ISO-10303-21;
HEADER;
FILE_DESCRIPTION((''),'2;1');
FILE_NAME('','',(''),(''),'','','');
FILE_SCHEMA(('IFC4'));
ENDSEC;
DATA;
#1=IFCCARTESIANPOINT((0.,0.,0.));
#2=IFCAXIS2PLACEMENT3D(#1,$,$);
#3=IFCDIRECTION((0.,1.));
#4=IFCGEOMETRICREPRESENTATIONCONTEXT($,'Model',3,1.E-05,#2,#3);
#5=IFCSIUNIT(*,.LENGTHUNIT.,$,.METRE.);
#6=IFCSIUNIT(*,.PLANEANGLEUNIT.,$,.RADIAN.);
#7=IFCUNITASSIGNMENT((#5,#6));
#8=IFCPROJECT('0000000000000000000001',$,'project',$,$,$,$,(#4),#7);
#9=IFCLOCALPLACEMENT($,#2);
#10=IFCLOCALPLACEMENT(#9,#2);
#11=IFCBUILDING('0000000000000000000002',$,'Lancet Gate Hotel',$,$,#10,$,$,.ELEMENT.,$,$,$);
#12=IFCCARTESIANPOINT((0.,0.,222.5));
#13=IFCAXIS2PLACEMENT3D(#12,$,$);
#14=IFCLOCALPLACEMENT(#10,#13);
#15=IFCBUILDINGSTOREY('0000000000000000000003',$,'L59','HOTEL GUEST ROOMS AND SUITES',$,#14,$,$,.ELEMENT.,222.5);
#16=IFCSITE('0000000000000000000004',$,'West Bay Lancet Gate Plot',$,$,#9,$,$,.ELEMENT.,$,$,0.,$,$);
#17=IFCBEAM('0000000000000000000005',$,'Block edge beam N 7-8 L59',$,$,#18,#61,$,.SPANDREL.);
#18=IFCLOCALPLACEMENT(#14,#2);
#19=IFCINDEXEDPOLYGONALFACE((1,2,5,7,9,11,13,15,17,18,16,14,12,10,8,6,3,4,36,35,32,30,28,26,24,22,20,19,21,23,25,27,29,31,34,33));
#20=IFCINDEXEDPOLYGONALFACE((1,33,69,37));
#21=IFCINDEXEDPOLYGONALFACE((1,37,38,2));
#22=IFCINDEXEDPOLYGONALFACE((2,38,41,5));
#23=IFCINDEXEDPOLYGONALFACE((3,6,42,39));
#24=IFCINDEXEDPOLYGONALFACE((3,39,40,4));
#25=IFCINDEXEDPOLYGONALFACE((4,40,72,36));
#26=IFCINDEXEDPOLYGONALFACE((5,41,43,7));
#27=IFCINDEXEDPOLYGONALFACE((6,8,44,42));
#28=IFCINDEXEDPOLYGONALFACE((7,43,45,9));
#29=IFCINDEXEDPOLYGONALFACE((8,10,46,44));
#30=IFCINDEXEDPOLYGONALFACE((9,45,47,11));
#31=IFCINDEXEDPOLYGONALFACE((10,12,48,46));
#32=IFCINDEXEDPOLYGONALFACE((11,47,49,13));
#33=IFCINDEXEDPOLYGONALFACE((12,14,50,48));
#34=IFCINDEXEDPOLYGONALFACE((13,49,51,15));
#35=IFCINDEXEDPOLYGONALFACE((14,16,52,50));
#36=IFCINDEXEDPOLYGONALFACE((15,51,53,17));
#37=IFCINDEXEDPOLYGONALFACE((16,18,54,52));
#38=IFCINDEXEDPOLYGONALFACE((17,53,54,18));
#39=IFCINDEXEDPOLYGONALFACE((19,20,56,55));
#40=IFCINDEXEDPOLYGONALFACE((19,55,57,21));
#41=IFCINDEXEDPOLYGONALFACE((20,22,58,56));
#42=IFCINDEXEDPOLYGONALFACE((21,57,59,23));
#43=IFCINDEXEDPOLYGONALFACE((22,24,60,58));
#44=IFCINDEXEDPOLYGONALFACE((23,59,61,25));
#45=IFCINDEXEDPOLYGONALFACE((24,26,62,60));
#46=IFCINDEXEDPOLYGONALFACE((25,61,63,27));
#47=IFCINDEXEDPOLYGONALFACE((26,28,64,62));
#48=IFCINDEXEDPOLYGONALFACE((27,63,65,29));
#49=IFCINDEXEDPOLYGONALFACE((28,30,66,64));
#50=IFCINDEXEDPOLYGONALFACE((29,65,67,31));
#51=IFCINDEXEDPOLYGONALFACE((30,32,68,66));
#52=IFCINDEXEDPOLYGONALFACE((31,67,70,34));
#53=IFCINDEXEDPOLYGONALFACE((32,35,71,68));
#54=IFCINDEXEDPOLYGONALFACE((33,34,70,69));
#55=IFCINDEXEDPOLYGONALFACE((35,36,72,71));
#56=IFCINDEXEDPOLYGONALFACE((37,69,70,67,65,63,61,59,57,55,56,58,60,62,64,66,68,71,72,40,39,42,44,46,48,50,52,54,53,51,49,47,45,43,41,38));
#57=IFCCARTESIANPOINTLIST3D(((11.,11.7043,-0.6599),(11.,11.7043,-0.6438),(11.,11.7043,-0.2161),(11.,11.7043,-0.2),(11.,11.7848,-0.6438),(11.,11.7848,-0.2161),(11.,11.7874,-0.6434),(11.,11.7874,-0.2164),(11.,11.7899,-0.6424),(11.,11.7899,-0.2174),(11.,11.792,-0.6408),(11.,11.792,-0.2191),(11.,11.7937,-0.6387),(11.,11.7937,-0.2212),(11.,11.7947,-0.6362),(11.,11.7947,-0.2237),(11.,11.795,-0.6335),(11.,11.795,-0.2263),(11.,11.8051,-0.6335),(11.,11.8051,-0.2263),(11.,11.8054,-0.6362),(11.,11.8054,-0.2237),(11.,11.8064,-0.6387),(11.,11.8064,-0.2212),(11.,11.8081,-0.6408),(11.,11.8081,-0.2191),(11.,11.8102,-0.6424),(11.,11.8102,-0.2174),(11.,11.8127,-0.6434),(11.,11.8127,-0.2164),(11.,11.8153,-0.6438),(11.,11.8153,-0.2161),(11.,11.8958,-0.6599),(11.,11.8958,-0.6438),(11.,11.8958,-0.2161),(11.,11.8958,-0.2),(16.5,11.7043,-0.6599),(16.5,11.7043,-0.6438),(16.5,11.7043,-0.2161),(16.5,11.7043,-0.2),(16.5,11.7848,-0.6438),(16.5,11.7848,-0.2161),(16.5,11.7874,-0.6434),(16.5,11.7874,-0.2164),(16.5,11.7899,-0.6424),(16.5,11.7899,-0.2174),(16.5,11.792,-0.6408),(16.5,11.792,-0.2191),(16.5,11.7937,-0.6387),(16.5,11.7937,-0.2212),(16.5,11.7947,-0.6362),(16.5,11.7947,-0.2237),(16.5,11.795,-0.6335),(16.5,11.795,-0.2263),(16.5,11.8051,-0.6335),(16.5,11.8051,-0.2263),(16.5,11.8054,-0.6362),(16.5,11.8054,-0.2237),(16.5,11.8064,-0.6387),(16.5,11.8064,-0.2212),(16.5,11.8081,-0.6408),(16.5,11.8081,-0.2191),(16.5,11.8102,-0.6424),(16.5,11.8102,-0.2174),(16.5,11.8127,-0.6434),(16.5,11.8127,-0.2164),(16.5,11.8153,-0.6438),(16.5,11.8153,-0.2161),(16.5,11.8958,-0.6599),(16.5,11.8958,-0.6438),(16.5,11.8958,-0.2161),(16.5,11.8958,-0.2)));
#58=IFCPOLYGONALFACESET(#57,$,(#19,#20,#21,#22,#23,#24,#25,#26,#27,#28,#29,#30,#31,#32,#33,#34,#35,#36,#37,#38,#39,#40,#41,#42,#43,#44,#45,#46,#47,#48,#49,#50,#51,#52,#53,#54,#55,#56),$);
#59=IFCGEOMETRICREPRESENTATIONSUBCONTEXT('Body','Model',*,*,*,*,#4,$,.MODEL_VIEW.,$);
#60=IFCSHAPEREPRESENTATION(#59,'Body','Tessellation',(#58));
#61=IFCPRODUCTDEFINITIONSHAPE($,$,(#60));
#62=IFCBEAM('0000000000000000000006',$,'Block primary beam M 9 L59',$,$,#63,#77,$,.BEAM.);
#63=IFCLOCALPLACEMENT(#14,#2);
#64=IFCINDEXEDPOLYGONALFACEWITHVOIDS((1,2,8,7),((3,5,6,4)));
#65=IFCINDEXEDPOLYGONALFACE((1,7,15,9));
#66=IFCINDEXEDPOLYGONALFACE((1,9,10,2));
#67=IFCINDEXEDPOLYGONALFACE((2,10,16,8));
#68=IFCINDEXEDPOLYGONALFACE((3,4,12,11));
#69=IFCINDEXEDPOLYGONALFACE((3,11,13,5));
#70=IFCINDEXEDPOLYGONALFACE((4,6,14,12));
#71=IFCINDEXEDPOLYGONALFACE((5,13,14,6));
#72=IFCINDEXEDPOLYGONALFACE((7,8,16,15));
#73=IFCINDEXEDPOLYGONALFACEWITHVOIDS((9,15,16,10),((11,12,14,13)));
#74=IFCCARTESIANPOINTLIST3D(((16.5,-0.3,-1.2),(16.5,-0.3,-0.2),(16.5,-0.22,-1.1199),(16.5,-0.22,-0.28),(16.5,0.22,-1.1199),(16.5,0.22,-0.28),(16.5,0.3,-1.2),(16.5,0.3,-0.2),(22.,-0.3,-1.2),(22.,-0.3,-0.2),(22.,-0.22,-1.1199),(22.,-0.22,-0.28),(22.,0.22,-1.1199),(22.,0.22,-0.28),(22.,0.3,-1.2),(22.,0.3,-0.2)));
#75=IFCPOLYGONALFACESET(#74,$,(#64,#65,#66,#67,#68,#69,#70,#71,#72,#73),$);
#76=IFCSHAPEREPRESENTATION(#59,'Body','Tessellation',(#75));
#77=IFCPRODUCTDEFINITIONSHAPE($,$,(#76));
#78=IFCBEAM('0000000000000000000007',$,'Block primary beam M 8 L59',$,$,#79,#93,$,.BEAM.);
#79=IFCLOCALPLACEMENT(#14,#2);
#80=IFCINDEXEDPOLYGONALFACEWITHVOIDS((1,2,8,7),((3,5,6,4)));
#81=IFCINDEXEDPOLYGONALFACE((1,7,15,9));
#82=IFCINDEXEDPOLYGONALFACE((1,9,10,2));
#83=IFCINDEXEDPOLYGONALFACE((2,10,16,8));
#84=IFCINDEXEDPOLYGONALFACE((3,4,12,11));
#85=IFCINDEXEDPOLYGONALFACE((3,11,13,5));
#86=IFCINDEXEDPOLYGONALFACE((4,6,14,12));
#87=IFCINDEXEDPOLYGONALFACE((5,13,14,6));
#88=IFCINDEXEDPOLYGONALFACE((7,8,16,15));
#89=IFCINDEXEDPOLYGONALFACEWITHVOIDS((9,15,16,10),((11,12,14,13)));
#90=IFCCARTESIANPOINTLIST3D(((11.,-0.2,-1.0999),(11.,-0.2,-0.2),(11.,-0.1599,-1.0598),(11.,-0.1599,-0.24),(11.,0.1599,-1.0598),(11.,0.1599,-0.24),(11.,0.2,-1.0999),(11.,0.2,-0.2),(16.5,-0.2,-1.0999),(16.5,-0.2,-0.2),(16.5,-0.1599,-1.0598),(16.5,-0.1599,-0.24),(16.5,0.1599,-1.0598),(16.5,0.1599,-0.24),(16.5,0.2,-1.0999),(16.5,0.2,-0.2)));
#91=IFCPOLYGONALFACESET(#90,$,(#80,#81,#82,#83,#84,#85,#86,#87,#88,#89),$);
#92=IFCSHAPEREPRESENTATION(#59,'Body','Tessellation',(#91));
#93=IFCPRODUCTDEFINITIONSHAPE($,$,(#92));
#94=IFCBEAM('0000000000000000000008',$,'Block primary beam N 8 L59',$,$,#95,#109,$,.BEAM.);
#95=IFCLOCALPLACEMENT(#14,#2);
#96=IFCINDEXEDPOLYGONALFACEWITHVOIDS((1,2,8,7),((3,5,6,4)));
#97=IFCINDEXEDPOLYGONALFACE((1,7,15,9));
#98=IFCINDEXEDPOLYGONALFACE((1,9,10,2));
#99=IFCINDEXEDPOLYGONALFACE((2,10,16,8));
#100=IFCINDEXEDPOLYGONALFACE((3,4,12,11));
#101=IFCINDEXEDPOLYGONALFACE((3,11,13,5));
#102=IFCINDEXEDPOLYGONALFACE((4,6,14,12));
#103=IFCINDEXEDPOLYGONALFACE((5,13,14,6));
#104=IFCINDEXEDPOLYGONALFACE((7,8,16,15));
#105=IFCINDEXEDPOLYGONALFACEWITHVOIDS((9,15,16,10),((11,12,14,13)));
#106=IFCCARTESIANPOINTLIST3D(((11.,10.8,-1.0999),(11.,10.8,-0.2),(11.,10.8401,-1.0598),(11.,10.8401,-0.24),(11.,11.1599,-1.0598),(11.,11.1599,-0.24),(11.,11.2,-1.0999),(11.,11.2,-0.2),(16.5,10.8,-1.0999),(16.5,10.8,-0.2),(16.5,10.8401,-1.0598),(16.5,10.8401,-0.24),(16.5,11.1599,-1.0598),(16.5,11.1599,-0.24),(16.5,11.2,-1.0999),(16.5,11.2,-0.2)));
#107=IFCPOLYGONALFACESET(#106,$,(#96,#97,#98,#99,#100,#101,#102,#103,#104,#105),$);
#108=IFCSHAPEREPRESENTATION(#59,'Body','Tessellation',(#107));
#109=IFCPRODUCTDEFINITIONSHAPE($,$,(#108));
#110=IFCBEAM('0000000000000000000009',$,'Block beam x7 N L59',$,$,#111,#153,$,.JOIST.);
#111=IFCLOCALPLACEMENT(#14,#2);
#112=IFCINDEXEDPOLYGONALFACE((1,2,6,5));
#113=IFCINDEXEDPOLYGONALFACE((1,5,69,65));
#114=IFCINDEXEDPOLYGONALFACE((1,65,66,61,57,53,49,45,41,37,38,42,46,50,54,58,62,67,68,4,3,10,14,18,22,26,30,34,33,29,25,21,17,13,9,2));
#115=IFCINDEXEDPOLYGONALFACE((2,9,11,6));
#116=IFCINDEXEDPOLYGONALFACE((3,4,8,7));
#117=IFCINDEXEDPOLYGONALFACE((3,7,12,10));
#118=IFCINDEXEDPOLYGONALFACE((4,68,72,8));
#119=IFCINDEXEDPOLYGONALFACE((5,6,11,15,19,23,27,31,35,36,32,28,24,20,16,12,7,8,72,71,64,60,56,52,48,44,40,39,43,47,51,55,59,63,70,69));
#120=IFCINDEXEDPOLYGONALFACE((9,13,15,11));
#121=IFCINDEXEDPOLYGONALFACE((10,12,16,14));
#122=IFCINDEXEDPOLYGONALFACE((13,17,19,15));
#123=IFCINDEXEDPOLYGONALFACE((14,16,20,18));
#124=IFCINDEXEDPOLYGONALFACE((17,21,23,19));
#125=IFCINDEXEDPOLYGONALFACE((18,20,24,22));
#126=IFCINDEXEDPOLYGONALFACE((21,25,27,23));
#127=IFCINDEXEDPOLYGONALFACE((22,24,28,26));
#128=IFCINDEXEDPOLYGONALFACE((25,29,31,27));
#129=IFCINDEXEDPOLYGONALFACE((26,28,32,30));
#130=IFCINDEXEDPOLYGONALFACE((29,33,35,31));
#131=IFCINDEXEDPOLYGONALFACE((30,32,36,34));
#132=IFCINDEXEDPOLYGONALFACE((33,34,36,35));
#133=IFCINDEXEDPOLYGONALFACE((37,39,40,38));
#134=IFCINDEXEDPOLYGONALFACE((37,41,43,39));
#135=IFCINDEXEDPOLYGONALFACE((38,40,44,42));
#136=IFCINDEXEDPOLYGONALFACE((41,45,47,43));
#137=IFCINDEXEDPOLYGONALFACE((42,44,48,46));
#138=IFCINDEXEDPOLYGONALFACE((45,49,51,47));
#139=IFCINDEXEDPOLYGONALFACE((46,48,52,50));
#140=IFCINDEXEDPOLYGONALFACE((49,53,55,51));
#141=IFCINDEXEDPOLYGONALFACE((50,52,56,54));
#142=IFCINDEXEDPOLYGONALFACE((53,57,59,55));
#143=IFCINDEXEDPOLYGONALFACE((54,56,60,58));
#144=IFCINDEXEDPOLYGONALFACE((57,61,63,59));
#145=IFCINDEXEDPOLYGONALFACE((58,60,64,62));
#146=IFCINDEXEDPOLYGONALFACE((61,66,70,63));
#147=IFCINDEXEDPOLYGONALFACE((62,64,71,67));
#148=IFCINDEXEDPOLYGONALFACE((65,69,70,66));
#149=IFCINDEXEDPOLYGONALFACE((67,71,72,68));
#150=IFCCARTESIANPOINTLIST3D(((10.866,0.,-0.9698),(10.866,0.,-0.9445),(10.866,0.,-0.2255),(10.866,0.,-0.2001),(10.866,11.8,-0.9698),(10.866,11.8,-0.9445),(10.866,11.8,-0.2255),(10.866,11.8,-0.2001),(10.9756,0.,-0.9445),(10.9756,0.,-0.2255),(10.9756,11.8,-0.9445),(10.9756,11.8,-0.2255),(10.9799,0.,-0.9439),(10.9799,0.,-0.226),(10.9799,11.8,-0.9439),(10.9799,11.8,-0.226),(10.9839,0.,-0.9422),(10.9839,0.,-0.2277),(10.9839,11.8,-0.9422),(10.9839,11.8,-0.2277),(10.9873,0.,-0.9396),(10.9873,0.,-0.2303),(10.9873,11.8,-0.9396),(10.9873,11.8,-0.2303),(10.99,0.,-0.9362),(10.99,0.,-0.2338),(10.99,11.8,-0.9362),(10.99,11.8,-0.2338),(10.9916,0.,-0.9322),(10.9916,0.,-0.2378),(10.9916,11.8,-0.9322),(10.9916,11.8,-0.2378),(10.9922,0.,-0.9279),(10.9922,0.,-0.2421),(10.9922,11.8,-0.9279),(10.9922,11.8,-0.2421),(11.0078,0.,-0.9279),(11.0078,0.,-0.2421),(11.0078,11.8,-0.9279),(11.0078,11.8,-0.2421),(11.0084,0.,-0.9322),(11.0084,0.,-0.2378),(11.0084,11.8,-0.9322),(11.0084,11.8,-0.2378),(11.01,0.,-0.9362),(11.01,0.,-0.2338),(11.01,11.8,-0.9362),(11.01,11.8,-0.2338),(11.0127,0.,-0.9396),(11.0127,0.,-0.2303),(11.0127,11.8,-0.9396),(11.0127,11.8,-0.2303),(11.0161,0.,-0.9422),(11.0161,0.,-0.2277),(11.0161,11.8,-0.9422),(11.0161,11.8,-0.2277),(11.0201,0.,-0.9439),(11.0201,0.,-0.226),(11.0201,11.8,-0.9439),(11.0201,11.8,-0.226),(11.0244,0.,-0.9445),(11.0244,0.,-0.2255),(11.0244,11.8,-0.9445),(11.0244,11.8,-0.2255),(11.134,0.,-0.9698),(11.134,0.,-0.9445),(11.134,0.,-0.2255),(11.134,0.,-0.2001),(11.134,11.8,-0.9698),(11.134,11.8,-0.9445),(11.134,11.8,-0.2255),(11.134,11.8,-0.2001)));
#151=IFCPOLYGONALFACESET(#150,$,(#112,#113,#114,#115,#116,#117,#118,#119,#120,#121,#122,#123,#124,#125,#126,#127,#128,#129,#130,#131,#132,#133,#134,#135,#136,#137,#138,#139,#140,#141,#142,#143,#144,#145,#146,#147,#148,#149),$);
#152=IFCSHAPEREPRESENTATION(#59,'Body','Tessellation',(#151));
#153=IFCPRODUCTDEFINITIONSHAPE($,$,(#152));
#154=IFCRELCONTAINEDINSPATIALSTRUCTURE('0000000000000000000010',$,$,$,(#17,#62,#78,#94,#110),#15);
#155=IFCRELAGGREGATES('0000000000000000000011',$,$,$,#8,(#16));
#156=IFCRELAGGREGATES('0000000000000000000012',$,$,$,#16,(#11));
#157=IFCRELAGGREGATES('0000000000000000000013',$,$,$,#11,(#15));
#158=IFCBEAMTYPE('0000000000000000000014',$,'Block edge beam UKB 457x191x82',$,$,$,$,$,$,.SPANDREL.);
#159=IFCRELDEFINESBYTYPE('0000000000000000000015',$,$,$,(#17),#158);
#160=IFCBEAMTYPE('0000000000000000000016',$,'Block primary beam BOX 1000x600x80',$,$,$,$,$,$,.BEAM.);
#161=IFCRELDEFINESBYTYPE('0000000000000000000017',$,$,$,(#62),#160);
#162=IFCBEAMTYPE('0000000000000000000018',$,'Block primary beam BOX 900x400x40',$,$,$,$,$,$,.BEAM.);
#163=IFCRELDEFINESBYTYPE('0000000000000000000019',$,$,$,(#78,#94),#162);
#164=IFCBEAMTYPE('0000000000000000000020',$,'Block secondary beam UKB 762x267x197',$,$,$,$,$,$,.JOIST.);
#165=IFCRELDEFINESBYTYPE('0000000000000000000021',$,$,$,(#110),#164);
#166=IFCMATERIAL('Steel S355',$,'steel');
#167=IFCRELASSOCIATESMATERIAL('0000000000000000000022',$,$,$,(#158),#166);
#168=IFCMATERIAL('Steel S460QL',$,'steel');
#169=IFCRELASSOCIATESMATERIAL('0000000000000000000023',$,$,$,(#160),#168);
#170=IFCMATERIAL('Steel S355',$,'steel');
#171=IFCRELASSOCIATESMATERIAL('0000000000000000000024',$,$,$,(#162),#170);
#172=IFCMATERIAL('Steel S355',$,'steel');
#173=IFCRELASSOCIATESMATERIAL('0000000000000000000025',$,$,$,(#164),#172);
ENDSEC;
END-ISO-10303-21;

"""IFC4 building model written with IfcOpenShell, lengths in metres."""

from ifc_helpers import new_model, si_unit, direction, frame, origin, origin_2d, place, context, subcontext, project, spatial, hollow_rectangle, i_section, extrude, material, material_profile, profile_set, type_object, element, save


model = new_model("IFC4")

# Units and contexts
model_context = context("Model", 3, precision=1e-05, world=origin(), true_north=direction((0.0, 1.0)))
body_context = subcontext(model_context, "Body", "Model", "MODEL_VIEW")
ifc_project = project(units=[si_unit("LENGTHUNIT", "METRE"), si_unit("PLANEANGLEUNIT", "RADIAN")], contexts=[model_context])

# Site, building, storey
site_placement = place(None, origin())
site = spatial("IfcSite", under=ifc_project, at=site_placement, Name="West Bay Lancet Gate Plot", CompositionType="ELEMENT", RefElevation=0.0)
building_placement = place(site_placement, origin())
building = spatial("IfcBuilding", under=site, at=building_placement, Name="Lancet Gate Hotel", CompositionType="ELEMENT")
storey_placement = place(building_placement, frame((0.0, 0.0, 222.5)))
storey = spatial("IfcBuildingStorey", under=building, at=storey_placement, Name="L59", Description="HOTEL GUEST ROOMS AND SUITES", CompositionType="ELEMENT", Elevation=222.5)

# Beams
ifc_material_1 = material(Name="Steel S355", Category="steel")
ifc_material_profile_1 = material_profile(ifc_material_1, i_section(OverallWidth=0.1914, OverallDepth=0.46, WebThickness=0.01, FlangeThickness=0.0161, FilletRadius=0.0103, at=origin_2d()), Name="UKB 457x191x82")
ifc_profile_set_1 = profile_set([ifc_material_profile_1], Name="Steel S355")
beam_type_1 = type_object("IfcBeamType", Name="Block edge beam UKB 457x191x82", PredefinedType="SPANDREL", material=ifc_profile_set_1)
beam_1_placement = place(storey_placement, frame((11.0, 11.8, -0.4299), z_axis=(1.0, 0.0, 0.0), x_axis=(0.0, 1.0, 0.0)))
element("IfcBeam", 1, at=beam_1_placement, inside=storey, type_object=beam_type_1, Name="Block edge beam N 7-8 L59", PredefinedType="SPANDREL", context=body_context, shape_type="SweptSolid", body=[
    extrude(i_section(OverallWidth=0.1914, OverallDepth=0.46, WebThickness=0.01, FlangeThickness=0.0161, FilletRadius=0.0103, at=origin_2d()), origin(), (0.0, 0.0, 1.0), 5.5),
])
ifc_material_2 = material(Name="Steel S460QL", Category="steel")
ifc_material_profile_2 = material_profile(ifc_material_2, hollow_rectangle(XDim=0.6001, YDim=1.0, WallThickness=0.0801, at=origin_2d()), Name="BOX 1000x600x80")
ifc_profile_set_2 = profile_set([ifc_material_profile_2], Name="Steel S460QL")
beam_type_2 = type_object("IfcBeamType", Name="Block primary beam BOX 1000x600x80", PredefinedType="BEAM", material=ifc_profile_set_2)
beam_2_placement = place(storey_placement, frame((16.5, 0.0, -0.7), z_axis=(1.0, 0.0, 0.0), x_axis=(0.0, 1.0, 0.0)))
element("IfcBeam", 2, at=beam_2_placement, inside=storey, type_object=beam_type_2, Name="Block primary beam M 9 L59", PredefinedType="BEAM", context=body_context, shape_type="SweptSolid", body=[
    extrude(hollow_rectangle(XDim=0.6001, YDim=1.0, WallThickness=0.0801, at=origin_2d()), origin(), (0.0, 0.0, 1.0), 5.5),
])
ifc_material_3 = material(Name="Steel S355", Category="steel")
ifc_material_profile_3 = material_profile(ifc_material_3, hollow_rectangle(XDim=0.3999, YDim=0.8999, WallThickness=0.04, at=origin_2d()), Name="BOX 900x400x40")
ifc_profile_set_3 = profile_set([ifc_material_profile_3], Name="Steel S355")
beam_type_3 = type_object("IfcBeamType", Name="Block primary beam BOX 900x400x40", PredefinedType="BEAM", material=ifc_profile_set_3)
for number, where, z_axis, x_axis, name in (
    (3, (11.0, 0.0, -0.6499), (1.0, 0.0, 0.0), (0.0, 1.0, 0.0), "Block primary beam M 8 L59"),
    (4, (11.0, 11.0, -0.6499), (1.0, 0.0, 0.0), (0.0, 1.0, 0.0), "Block primary beam N 8 L59"),
):
    element("IfcBeam", number, at=place(storey_placement, frame(where, z_axis=z_axis, x_axis=x_axis)), inside=storey, type_object=beam_type_3, Name=name, PredefinedType="BEAM", context=body_context, shape_type="SweptSolid", body=[
        extrude(hollow_rectangle(XDim=0.3999, YDim=0.8999, WallThickness=0.04, at=origin_2d()), origin(), (0.0, 0.0, 1.0), 5.5),
    ])
ifc_material_4 = material(Name="Steel S355", Category="steel")
ifc_material_profile_4 = material_profile(ifc_material_4, i_section(OverallWidth=0.2681, OverallDepth=0.7698, WebThickness=0.0156, FlangeThickness=0.0254, FilletRadius=0.0166, at=origin_2d()), Name="UKB 762x267x197")
ifc_profile_set_4 = profile_set([ifc_material_profile_4], Name="Steel S355")
beam_type_4 = type_object("IfcBeamType", Name="Block secondary beam UKB 762x267x197", PredefinedType="JOIST", material=ifc_profile_set_4)
for number, where, z_axis, x_axis, name in (
    (5, (11.0, 0.0, -0.585), (0.0, 1.0, 0.0), (-1.0, 0.0, 0.0), "Block beam x7 N L59"),
):
    element("IfcBeam", number, at=place(storey_placement, frame(where, z_axis=z_axis, x_axis=x_axis)), inside=storey, type_object=beam_type_4, Name=name, PredefinedType="JOIST", context=body_context, shape_type="SweptSolid", body=[
        extrude(i_section(OverallWidth=0.2681, OverallDepth=0.7698, WebThickness=0.0156, FlangeThickness=0.0254, FilletRadius=0.0166, at=origin_2d()), origin(), (0.0, 0.0, 1.0), 11.8),
    ])

save(model, "model.ifc")
